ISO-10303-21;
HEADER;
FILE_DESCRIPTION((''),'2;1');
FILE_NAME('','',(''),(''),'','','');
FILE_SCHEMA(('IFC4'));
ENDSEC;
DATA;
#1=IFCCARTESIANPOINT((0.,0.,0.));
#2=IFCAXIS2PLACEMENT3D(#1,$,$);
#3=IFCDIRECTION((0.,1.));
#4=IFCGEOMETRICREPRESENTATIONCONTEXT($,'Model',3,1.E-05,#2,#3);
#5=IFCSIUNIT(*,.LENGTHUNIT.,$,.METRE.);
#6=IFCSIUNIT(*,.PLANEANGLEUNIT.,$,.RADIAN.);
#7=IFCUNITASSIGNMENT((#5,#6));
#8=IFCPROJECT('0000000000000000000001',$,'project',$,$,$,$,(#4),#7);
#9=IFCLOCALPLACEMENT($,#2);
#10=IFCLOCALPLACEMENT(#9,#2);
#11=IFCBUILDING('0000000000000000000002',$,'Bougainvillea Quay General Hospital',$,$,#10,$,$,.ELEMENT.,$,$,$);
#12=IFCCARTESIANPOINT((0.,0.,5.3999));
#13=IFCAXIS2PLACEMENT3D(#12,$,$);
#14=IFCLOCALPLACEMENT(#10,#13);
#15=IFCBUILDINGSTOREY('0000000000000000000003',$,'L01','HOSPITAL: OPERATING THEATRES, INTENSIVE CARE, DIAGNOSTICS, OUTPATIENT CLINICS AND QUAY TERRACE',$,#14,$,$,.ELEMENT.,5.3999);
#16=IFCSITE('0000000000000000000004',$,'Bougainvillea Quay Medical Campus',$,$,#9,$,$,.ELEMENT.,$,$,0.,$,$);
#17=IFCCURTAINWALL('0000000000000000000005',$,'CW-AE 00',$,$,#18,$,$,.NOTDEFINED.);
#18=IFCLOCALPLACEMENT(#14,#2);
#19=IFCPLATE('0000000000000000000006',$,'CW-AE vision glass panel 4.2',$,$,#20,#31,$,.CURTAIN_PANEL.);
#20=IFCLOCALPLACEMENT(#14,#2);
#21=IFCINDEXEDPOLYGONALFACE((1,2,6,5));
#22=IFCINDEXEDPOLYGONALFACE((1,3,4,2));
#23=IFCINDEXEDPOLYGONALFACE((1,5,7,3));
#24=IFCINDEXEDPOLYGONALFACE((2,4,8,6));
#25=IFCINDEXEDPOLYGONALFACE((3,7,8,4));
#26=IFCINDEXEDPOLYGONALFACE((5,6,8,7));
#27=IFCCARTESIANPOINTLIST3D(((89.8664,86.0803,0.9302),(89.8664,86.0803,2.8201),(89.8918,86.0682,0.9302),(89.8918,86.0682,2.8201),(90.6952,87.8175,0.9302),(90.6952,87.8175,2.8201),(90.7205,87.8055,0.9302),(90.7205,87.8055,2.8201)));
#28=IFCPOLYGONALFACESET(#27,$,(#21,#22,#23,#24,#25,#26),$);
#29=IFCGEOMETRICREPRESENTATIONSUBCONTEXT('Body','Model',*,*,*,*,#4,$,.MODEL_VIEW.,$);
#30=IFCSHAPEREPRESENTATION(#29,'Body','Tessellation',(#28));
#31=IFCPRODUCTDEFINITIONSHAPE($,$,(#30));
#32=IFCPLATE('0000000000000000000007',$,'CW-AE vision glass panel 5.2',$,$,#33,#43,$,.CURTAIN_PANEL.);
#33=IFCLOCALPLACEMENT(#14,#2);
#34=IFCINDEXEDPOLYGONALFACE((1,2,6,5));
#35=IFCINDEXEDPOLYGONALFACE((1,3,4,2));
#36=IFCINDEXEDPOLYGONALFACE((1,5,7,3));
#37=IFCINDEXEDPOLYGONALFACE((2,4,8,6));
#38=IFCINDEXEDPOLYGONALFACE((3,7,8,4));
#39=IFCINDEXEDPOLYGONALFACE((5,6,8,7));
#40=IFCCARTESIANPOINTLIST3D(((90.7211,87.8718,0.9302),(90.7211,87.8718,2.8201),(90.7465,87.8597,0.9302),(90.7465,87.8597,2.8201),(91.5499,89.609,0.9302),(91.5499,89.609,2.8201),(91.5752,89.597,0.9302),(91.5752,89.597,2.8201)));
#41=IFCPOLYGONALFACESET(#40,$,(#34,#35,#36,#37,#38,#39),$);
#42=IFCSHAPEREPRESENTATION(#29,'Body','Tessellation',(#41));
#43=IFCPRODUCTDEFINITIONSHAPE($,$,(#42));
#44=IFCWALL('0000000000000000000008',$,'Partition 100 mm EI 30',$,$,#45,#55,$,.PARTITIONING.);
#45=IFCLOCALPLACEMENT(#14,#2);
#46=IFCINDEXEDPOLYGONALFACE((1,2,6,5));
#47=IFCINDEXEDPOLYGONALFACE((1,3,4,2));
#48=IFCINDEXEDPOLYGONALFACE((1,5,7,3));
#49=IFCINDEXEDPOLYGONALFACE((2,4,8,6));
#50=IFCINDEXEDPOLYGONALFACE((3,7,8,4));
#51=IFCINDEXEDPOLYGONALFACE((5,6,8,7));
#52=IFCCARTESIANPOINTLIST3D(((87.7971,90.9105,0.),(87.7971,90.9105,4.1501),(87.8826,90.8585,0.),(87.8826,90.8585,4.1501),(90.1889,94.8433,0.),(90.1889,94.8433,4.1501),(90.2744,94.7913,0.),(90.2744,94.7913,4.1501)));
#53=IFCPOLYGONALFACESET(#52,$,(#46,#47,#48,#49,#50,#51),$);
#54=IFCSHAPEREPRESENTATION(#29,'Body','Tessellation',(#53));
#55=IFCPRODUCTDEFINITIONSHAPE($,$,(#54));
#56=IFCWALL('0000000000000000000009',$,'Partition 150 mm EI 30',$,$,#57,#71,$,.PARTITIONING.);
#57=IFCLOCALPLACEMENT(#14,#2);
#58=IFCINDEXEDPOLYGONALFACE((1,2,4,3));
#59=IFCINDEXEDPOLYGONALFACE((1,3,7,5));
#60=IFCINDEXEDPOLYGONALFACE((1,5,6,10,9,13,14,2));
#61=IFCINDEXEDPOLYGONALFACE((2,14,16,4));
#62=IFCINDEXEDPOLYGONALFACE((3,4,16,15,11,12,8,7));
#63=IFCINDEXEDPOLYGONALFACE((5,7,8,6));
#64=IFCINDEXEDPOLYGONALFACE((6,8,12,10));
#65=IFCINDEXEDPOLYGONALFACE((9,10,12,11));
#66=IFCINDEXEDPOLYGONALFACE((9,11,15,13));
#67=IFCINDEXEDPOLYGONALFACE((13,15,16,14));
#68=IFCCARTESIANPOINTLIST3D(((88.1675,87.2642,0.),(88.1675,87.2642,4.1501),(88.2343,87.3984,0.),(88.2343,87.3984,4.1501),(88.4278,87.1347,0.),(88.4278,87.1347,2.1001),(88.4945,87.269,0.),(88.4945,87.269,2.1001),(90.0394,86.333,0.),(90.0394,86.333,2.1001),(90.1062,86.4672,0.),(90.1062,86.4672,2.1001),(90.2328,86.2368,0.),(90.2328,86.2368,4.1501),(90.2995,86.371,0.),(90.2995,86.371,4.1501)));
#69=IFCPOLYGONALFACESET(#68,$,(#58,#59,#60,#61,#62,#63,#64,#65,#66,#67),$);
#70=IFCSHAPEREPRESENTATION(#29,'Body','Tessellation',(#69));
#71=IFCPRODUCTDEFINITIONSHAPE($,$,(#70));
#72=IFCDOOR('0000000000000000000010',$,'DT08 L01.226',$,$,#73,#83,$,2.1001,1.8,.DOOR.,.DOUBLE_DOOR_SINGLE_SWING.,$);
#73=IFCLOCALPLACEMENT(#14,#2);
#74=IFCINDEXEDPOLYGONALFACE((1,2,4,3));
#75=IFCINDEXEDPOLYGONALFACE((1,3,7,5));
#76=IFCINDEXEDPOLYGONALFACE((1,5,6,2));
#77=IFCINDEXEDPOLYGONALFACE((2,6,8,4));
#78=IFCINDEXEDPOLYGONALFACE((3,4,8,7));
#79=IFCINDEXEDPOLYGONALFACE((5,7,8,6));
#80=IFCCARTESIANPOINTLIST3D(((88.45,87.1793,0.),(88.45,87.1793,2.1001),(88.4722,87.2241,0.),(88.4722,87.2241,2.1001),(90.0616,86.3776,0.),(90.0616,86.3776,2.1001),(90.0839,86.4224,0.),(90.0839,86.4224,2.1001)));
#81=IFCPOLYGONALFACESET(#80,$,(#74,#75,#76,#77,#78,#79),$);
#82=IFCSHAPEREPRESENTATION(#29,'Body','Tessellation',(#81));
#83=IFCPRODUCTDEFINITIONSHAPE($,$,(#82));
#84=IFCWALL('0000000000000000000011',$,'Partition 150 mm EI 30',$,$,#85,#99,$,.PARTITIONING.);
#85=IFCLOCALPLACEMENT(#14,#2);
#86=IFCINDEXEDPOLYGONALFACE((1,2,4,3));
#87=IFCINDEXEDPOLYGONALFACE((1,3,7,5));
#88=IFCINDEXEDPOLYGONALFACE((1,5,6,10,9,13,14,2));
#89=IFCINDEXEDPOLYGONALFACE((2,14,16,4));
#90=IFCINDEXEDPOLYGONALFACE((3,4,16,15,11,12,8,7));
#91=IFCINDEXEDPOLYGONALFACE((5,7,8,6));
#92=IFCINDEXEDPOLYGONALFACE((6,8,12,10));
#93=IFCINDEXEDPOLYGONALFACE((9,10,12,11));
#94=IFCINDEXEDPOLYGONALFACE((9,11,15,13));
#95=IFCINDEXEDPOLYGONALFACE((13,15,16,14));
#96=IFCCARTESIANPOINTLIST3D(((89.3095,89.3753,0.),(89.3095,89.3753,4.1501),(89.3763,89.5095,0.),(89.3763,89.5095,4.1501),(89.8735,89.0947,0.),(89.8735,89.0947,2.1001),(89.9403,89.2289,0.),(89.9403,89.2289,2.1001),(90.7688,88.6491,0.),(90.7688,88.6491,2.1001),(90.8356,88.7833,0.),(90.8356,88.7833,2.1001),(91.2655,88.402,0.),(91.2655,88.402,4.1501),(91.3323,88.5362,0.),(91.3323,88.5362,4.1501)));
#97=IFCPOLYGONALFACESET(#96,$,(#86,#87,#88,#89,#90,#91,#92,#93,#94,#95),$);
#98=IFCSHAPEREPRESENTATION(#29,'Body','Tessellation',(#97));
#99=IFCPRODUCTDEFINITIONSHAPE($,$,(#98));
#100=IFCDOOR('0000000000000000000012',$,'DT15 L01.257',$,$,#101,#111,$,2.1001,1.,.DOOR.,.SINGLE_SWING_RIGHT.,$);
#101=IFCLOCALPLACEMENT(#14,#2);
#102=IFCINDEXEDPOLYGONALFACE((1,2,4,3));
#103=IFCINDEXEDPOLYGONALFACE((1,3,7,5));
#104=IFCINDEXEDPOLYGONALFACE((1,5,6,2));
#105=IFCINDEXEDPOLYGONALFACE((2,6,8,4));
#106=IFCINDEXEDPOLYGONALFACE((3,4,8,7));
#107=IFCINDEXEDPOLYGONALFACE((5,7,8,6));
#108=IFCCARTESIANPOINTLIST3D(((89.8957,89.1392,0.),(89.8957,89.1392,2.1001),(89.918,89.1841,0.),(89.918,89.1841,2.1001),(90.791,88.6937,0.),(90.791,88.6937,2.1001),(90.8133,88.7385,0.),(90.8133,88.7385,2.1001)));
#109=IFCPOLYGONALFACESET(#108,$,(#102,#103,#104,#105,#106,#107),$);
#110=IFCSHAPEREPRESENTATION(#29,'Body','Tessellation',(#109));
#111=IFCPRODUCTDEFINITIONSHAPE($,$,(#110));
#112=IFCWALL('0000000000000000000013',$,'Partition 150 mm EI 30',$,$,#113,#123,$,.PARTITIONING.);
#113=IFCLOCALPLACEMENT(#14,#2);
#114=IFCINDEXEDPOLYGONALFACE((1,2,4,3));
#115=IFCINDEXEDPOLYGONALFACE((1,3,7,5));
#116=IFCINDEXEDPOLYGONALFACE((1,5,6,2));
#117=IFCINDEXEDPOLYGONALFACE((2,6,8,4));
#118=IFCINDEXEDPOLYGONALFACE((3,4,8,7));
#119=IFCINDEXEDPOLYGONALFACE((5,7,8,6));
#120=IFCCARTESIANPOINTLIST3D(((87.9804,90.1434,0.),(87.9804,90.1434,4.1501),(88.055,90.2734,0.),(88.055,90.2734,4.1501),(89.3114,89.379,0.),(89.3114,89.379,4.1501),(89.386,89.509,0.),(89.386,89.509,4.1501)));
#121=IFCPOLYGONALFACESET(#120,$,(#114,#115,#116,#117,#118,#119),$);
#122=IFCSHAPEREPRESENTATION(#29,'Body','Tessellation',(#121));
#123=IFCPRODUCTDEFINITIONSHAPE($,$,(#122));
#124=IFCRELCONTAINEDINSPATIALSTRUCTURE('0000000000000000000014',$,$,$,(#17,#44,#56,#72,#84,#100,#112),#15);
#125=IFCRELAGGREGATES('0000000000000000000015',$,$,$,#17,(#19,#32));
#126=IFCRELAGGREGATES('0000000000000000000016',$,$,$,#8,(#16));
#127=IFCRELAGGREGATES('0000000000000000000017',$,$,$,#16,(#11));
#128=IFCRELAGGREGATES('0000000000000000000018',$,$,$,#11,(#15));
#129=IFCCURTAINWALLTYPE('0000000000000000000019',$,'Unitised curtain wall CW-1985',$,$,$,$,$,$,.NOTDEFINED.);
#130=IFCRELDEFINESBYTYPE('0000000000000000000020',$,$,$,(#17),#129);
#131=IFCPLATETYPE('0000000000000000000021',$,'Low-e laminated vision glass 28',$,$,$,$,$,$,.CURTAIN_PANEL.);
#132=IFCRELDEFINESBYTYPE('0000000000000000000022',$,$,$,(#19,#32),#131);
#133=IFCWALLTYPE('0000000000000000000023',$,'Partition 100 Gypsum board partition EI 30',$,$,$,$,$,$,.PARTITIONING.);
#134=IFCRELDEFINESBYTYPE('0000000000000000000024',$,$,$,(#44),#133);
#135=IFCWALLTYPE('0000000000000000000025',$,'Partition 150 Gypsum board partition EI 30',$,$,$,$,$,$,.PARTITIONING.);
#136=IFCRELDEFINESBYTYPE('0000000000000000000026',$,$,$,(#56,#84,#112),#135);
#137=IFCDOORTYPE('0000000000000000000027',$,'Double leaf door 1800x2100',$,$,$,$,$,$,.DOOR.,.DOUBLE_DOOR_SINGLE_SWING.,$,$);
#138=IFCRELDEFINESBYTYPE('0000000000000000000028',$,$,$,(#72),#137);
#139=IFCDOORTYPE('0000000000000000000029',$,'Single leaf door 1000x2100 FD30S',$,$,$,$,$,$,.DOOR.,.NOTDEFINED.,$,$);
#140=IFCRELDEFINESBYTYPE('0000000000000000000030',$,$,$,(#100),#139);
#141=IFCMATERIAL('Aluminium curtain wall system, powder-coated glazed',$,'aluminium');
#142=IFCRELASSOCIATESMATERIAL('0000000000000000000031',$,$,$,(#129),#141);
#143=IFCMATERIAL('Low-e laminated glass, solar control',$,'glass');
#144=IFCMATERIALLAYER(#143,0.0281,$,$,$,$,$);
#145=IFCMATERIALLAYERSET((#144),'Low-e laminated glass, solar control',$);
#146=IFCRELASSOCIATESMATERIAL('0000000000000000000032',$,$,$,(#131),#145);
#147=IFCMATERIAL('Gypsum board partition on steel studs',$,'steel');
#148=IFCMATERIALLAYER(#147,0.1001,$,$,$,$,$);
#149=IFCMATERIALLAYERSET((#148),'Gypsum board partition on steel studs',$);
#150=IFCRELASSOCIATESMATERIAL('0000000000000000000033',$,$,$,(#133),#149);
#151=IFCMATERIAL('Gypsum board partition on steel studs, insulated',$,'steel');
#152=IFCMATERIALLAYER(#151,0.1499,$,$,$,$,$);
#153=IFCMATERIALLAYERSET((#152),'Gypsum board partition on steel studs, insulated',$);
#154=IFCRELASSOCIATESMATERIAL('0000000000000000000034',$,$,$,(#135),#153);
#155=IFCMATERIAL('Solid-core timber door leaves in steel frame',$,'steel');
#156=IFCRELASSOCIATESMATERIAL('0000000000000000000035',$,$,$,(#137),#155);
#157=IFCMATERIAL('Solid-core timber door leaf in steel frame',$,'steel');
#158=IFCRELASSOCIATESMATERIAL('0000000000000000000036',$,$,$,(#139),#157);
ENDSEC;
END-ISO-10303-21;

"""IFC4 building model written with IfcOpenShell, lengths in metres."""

from ifc_helpers import new_model, si_unit, direction, frame, frame_2d, origin, origin_2d, place, context, subcontext, project, spatial, rectangle, extrude, material, layer, layer_set, type_object, element, fill, aggregate, save


model = new_model("IFC4")

# Units and contexts
model_context = context("Model", 3, precision=1e-05, world=origin(), true_north=direction((0.0, 1.0)))
body_context = subcontext(model_context, "Body", "Model", "MODEL_VIEW")
ifc_project = project(units=[si_unit("LENGTHUNIT", "METRE"), si_unit("PLANEANGLEUNIT", "RADIAN")], contexts=[model_context])

# Site, building, storey
site_placement = place(None, origin())
site = spatial("IfcSite", under=ifc_project, at=site_placement, Name="Bougainvillea Quay Medical Campus", CompositionType="ELEMENT", RefElevation=0.0)
building_placement = place(site_placement, origin())
building = spatial("IfcBuilding", under=site, at=building_placement, Name="Bougainvillea Quay General Hospital", CompositionType="ELEMENT")
storey_placement = place(building_placement, frame((0.0, 0.0, 5.3999)))
storey = spatial("IfcBuildingStorey", under=building, at=storey_placement, Name="L01", Description="HOSPITAL: OPERATING THEATRES, INTENSIVE CARE, DIAGNOSTICS, OUTPATIENT CLINICS AND QUAY TERRACE", CompositionType="ELEMENT", Elevation=5.3999)

# Curtain wall, plates
ifc_material_1 = material(Name="Aluminium curtain wall system, powder-coated glazed", Category="aluminium")
curtain_wall_type = type_object("IfcCurtainWallType", Name="Unitised curtain wall CW-1985", PredefinedType="NOTDEFINED", material=ifc_material_1)
curtain_wall_placement = place(storey_placement, origin())
curtain_wall = element("IfcCurtainWall", 1, at=curtain_wall_placement, inside=storey, type_object=curtain_wall_type, Name="CW-AE 00", PredefinedType="NOTDEFINED")
ifc_material_2 = material(Name="Low-e laminated glass, solar control", Category="glass")
ifc_layer_1 = layer(ifc_material_2, 0.0281)
ifc_layer_set_1 = layer_set([ifc_layer_1], Name="Low-e laminated glass, solar control")
plate_type_1 = type_object("IfcPlateType", Name="Low-e laminated vision glass 28", PredefinedType="CURTAIN_PANEL", material=ifc_layer_set_1)
plate_1_placement = place(storey_placement, frame((90.2935, 86.9429, 0.9302), z_axis=(0.0, 0.0, 1.0), x_axis=(0.430563, 0.902561, 0.0)))
plate_1 = element("IfcPlate", 2, at=plate_1_placement, type_object=plate_type_1, Name="CW-AE vision glass panel 4.2", PredefinedType="CURTAIN_PANEL", context=body_context, shape_type="SweptSolid", body=[
    extrude(rectangle(XDim=1.9248, YDim=0.0281, at=origin_2d()), origin(), (0.0, 0.0, 1.0), 1.8899),
])
plate_2_placement = place(storey_placement, frame((91.1482, 88.7344, 0.9302), z_axis=(0.0, 0.0, 1.0), x_axis=(0.430563, 0.902561, 0.0)))
plate_2 = element("IfcPlate", 3, at=plate_2_placement, type_object=plate_type_1, Name="CW-AE vision glass panel 5.2", PredefinedType="CURTAIN_PANEL", context=body_context, shape_type="SweptSolid", body=[
    extrude(rectangle(XDim=1.9248, YDim=0.0281, at=origin_2d()), origin(), (0.0, 0.0, 1.0), 1.8899),
])
aggregate(curtain_wall, [plate_1, plate_2])

# Wall
ifc_material_3 = material(Name="Gypsum board partition on steel studs", Category="steel")
ifc_layer_2 = layer(ifc_material_3, 0.1001)
ifc_layer_set_2 = layer_set([ifc_layer_2], Name="Gypsum board partition on steel studs")
wall_type_1 = type_object("IfcWallType", Name="Partition 100 Gypsum board partition EI 30", PredefinedType="PARTITIONING", material=ifc_layer_set_2)
wall_1_placement = place(storey_placement, frame((87.8398, 90.8845, 0.0), z_axis=(0.0, 0.0, 1.0), x_axis=(0.519619, 0.854398, 0.0)))
element("IfcWall", 4, at=wall_1_placement, inside=storey, type_object=wall_type_1, Name="Partition 100 mm EI 30", PredefinedType="PARTITIONING", context=body_context, shape_type="SweptSolid", body=[
    extrude(rectangle(XDim=4.603, YDim=0.1001, at=frame_2d((2.3015, 0.0))), origin(), (0.0, 0.0, 1.0), 4.1501),
])

# Walls, openings, doors
ifc_material_4 = material(Name="Gypsum board partition on steel studs, insulated", Category="steel")
ifc_layer_3 = layer(ifc_material_4, 0.1499)
ifc_layer_set_3 = layer_set([ifc_layer_3], Name="Gypsum board partition on steel studs, insulated")
wall_type_2 = type_object("IfcWallType", Name="Partition 150 Gypsum board partition EI 30", PredefinedType="PARTITIONING", material=ifc_layer_set_3)
wall_2_placement = place(storey_placement, frame((88.2009, 87.3313, 0.0), z_axis=(0.0, 0.0, 1.0), x_axis=(0.895336, -0.445392, 0.0)))
wall_2 = element("IfcWall", 5, at=wall_2_placement, inside=storey, type_object=wall_type_2, Name="Partition 150 mm EI 30", PredefinedType="PARTITIONING", context=body_context, shape_type="SweptSolid", body=[
    extrude(rectangle(XDim=2.3066, YDim=0.1499, at=frame_2d((1.1533, 0.0))), origin(), (0.0, 0.0, 1.0), 4.1501),
])
opening_1_placement = place(wall_2_placement, frame((0.2908, 0.0, 0.0)))
opening_1 = element("IfcOpeningElement", 6, at=opening_1_placement, cuts=wall_2, PredefinedType="OPENING", context=body_context, shape_type="SweptSolid", body=[
    extrude(rectangle(XDim=1.8, YDim=2.1001, at=frame_2d((0.8999, 1.05))), frame((0.0, 0.085, 0.0), z_axis=(0.0, -1.0, 0.0), x_axis=(1.0, 0.0, 0.0)), (0.0, 0.0, 1.0), 0.1699),
])
ifc_material_5 = material(Name="Solid-core timber door leaves in steel frame", Category="steel")
door_type_1 = type_object("IfcDoorType", Name="Double leaf door 1800x2100", OperationType="DOUBLE_DOOR_SINGLE_SWING", PredefinedType="DOOR", material=ifc_material_5)
door_1_placement = place(opening_1_placement, origin())
door_1 = element("IfcDoor", 7, at=door_1_placement, inside=storey, type_object=door_type_1, Name="DT08 L01.226", OperationType="DOUBLE_DOOR_SINGLE_SWING", OverallHeight=2.1001, OverallWidth=1.8, PredefinedType="DOOR", context=body_context, shape_type="SweptSolid", body=[
    extrude(rectangle(XDim=1.8, YDim=2.1001, at=frame_2d((0.8999, 1.05))), frame((0.0, 0.0249, 0.0), z_axis=(0.0, -1.0, 0.0), x_axis=(1.0, 0.0, 0.0)), (0.0, 0.0, 1.0), 0.05),
])
fill(opening_1, door_1)
wall_3_placement = place(storey_placement, frame((89.343, 89.4424, 0.0), z_axis=(0.0, 0.0, 1.0), x_axis=(0.895275, -0.445514, 0.0)))
wall_3 = element("IfcWall", 8, at=wall_3_placement, inside=storey, type_object=wall_type_2, Name="Partition 150 mm EI 30", PredefinedType="PARTITIONING", context=body_context, shape_type="SweptSolid", body=[
    extrude(rectangle(XDim=2.1848, YDim=0.1499, at=frame_2d((1.0923, 0.0))), origin(), (0.0, 0.0, 1.0), 4.1501),
])
opening_2_placement = place(wall_3_placement, frame((0.6299, 0.0, 0.0)))
opening_2 = element("IfcOpeningElement", 9, at=opening_2_placement, cuts=wall_3, PredefinedType="OPENING", context=body_context, shape_type="SweptSolid", body=[
    extrude(rectangle(XDim=1.0, YDim=2.1001, at=frame_2d((0.5, 1.05))), frame((0.0, 0.085, 0.0), z_axis=(0.0, -1.0, 0.0), x_axis=(1.0, 0.0, 0.0)), (0.0, 0.0, 1.0), 0.1699),
])
ifc_material_6 = material(Name="Solid-core timber door leaf in steel frame", Category="steel")
door_type_2 = type_object("IfcDoorType", Name="Single leaf door 1000x2100 FD30S", OperationType="NOTDEFINED", PredefinedType="DOOR", material=ifc_material_6)
door_2_placement = place(opening_2_placement, origin())
door_2 = element("IfcDoor", 10, at=door_2_placement, inside=storey, type_object=door_type_2, Name="DT15 L01.257", OperationType="SINGLE_SWING_RIGHT", OverallHeight=2.1001, OverallWidth=1.0, PredefinedType="DOOR", context=body_context, shape_type="SweptSolid", body=[
    extrude(rectangle(XDim=1.0, YDim=2.1001, at=frame_2d((0.5, 1.05))), frame((0.0, 0.0249, 0.0), z_axis=(0.0, -1.0, 0.0), x_axis=(1.0, 0.0, 0.0)), (0.0, 0.0, 1.0), 0.05),
])
fill(opening_2, door_2)

# Wall
wall_4_placement = place(storey_placement, frame((88.0176, 90.2085, 0.0), z_axis=(0.0, 0.0, 1.0), x_axis=(0.867174, -0.498005, 0.0)))
element("IfcWall", 11, at=wall_4_placement, inside=storey, type_object=wall_type_2, Name="Partition 150 mm EI 30", PredefinedType="PARTITIONING", context=body_context, shape_type="SweptSolid", body=[
    extrude(rectangle(XDim=1.5349, YDim=0.1499, at=frame_2d((0.7676, 0.0))), origin(), (0.0, 0.0, 1.0), 4.1501),
])

save(model, "model.ifc")
